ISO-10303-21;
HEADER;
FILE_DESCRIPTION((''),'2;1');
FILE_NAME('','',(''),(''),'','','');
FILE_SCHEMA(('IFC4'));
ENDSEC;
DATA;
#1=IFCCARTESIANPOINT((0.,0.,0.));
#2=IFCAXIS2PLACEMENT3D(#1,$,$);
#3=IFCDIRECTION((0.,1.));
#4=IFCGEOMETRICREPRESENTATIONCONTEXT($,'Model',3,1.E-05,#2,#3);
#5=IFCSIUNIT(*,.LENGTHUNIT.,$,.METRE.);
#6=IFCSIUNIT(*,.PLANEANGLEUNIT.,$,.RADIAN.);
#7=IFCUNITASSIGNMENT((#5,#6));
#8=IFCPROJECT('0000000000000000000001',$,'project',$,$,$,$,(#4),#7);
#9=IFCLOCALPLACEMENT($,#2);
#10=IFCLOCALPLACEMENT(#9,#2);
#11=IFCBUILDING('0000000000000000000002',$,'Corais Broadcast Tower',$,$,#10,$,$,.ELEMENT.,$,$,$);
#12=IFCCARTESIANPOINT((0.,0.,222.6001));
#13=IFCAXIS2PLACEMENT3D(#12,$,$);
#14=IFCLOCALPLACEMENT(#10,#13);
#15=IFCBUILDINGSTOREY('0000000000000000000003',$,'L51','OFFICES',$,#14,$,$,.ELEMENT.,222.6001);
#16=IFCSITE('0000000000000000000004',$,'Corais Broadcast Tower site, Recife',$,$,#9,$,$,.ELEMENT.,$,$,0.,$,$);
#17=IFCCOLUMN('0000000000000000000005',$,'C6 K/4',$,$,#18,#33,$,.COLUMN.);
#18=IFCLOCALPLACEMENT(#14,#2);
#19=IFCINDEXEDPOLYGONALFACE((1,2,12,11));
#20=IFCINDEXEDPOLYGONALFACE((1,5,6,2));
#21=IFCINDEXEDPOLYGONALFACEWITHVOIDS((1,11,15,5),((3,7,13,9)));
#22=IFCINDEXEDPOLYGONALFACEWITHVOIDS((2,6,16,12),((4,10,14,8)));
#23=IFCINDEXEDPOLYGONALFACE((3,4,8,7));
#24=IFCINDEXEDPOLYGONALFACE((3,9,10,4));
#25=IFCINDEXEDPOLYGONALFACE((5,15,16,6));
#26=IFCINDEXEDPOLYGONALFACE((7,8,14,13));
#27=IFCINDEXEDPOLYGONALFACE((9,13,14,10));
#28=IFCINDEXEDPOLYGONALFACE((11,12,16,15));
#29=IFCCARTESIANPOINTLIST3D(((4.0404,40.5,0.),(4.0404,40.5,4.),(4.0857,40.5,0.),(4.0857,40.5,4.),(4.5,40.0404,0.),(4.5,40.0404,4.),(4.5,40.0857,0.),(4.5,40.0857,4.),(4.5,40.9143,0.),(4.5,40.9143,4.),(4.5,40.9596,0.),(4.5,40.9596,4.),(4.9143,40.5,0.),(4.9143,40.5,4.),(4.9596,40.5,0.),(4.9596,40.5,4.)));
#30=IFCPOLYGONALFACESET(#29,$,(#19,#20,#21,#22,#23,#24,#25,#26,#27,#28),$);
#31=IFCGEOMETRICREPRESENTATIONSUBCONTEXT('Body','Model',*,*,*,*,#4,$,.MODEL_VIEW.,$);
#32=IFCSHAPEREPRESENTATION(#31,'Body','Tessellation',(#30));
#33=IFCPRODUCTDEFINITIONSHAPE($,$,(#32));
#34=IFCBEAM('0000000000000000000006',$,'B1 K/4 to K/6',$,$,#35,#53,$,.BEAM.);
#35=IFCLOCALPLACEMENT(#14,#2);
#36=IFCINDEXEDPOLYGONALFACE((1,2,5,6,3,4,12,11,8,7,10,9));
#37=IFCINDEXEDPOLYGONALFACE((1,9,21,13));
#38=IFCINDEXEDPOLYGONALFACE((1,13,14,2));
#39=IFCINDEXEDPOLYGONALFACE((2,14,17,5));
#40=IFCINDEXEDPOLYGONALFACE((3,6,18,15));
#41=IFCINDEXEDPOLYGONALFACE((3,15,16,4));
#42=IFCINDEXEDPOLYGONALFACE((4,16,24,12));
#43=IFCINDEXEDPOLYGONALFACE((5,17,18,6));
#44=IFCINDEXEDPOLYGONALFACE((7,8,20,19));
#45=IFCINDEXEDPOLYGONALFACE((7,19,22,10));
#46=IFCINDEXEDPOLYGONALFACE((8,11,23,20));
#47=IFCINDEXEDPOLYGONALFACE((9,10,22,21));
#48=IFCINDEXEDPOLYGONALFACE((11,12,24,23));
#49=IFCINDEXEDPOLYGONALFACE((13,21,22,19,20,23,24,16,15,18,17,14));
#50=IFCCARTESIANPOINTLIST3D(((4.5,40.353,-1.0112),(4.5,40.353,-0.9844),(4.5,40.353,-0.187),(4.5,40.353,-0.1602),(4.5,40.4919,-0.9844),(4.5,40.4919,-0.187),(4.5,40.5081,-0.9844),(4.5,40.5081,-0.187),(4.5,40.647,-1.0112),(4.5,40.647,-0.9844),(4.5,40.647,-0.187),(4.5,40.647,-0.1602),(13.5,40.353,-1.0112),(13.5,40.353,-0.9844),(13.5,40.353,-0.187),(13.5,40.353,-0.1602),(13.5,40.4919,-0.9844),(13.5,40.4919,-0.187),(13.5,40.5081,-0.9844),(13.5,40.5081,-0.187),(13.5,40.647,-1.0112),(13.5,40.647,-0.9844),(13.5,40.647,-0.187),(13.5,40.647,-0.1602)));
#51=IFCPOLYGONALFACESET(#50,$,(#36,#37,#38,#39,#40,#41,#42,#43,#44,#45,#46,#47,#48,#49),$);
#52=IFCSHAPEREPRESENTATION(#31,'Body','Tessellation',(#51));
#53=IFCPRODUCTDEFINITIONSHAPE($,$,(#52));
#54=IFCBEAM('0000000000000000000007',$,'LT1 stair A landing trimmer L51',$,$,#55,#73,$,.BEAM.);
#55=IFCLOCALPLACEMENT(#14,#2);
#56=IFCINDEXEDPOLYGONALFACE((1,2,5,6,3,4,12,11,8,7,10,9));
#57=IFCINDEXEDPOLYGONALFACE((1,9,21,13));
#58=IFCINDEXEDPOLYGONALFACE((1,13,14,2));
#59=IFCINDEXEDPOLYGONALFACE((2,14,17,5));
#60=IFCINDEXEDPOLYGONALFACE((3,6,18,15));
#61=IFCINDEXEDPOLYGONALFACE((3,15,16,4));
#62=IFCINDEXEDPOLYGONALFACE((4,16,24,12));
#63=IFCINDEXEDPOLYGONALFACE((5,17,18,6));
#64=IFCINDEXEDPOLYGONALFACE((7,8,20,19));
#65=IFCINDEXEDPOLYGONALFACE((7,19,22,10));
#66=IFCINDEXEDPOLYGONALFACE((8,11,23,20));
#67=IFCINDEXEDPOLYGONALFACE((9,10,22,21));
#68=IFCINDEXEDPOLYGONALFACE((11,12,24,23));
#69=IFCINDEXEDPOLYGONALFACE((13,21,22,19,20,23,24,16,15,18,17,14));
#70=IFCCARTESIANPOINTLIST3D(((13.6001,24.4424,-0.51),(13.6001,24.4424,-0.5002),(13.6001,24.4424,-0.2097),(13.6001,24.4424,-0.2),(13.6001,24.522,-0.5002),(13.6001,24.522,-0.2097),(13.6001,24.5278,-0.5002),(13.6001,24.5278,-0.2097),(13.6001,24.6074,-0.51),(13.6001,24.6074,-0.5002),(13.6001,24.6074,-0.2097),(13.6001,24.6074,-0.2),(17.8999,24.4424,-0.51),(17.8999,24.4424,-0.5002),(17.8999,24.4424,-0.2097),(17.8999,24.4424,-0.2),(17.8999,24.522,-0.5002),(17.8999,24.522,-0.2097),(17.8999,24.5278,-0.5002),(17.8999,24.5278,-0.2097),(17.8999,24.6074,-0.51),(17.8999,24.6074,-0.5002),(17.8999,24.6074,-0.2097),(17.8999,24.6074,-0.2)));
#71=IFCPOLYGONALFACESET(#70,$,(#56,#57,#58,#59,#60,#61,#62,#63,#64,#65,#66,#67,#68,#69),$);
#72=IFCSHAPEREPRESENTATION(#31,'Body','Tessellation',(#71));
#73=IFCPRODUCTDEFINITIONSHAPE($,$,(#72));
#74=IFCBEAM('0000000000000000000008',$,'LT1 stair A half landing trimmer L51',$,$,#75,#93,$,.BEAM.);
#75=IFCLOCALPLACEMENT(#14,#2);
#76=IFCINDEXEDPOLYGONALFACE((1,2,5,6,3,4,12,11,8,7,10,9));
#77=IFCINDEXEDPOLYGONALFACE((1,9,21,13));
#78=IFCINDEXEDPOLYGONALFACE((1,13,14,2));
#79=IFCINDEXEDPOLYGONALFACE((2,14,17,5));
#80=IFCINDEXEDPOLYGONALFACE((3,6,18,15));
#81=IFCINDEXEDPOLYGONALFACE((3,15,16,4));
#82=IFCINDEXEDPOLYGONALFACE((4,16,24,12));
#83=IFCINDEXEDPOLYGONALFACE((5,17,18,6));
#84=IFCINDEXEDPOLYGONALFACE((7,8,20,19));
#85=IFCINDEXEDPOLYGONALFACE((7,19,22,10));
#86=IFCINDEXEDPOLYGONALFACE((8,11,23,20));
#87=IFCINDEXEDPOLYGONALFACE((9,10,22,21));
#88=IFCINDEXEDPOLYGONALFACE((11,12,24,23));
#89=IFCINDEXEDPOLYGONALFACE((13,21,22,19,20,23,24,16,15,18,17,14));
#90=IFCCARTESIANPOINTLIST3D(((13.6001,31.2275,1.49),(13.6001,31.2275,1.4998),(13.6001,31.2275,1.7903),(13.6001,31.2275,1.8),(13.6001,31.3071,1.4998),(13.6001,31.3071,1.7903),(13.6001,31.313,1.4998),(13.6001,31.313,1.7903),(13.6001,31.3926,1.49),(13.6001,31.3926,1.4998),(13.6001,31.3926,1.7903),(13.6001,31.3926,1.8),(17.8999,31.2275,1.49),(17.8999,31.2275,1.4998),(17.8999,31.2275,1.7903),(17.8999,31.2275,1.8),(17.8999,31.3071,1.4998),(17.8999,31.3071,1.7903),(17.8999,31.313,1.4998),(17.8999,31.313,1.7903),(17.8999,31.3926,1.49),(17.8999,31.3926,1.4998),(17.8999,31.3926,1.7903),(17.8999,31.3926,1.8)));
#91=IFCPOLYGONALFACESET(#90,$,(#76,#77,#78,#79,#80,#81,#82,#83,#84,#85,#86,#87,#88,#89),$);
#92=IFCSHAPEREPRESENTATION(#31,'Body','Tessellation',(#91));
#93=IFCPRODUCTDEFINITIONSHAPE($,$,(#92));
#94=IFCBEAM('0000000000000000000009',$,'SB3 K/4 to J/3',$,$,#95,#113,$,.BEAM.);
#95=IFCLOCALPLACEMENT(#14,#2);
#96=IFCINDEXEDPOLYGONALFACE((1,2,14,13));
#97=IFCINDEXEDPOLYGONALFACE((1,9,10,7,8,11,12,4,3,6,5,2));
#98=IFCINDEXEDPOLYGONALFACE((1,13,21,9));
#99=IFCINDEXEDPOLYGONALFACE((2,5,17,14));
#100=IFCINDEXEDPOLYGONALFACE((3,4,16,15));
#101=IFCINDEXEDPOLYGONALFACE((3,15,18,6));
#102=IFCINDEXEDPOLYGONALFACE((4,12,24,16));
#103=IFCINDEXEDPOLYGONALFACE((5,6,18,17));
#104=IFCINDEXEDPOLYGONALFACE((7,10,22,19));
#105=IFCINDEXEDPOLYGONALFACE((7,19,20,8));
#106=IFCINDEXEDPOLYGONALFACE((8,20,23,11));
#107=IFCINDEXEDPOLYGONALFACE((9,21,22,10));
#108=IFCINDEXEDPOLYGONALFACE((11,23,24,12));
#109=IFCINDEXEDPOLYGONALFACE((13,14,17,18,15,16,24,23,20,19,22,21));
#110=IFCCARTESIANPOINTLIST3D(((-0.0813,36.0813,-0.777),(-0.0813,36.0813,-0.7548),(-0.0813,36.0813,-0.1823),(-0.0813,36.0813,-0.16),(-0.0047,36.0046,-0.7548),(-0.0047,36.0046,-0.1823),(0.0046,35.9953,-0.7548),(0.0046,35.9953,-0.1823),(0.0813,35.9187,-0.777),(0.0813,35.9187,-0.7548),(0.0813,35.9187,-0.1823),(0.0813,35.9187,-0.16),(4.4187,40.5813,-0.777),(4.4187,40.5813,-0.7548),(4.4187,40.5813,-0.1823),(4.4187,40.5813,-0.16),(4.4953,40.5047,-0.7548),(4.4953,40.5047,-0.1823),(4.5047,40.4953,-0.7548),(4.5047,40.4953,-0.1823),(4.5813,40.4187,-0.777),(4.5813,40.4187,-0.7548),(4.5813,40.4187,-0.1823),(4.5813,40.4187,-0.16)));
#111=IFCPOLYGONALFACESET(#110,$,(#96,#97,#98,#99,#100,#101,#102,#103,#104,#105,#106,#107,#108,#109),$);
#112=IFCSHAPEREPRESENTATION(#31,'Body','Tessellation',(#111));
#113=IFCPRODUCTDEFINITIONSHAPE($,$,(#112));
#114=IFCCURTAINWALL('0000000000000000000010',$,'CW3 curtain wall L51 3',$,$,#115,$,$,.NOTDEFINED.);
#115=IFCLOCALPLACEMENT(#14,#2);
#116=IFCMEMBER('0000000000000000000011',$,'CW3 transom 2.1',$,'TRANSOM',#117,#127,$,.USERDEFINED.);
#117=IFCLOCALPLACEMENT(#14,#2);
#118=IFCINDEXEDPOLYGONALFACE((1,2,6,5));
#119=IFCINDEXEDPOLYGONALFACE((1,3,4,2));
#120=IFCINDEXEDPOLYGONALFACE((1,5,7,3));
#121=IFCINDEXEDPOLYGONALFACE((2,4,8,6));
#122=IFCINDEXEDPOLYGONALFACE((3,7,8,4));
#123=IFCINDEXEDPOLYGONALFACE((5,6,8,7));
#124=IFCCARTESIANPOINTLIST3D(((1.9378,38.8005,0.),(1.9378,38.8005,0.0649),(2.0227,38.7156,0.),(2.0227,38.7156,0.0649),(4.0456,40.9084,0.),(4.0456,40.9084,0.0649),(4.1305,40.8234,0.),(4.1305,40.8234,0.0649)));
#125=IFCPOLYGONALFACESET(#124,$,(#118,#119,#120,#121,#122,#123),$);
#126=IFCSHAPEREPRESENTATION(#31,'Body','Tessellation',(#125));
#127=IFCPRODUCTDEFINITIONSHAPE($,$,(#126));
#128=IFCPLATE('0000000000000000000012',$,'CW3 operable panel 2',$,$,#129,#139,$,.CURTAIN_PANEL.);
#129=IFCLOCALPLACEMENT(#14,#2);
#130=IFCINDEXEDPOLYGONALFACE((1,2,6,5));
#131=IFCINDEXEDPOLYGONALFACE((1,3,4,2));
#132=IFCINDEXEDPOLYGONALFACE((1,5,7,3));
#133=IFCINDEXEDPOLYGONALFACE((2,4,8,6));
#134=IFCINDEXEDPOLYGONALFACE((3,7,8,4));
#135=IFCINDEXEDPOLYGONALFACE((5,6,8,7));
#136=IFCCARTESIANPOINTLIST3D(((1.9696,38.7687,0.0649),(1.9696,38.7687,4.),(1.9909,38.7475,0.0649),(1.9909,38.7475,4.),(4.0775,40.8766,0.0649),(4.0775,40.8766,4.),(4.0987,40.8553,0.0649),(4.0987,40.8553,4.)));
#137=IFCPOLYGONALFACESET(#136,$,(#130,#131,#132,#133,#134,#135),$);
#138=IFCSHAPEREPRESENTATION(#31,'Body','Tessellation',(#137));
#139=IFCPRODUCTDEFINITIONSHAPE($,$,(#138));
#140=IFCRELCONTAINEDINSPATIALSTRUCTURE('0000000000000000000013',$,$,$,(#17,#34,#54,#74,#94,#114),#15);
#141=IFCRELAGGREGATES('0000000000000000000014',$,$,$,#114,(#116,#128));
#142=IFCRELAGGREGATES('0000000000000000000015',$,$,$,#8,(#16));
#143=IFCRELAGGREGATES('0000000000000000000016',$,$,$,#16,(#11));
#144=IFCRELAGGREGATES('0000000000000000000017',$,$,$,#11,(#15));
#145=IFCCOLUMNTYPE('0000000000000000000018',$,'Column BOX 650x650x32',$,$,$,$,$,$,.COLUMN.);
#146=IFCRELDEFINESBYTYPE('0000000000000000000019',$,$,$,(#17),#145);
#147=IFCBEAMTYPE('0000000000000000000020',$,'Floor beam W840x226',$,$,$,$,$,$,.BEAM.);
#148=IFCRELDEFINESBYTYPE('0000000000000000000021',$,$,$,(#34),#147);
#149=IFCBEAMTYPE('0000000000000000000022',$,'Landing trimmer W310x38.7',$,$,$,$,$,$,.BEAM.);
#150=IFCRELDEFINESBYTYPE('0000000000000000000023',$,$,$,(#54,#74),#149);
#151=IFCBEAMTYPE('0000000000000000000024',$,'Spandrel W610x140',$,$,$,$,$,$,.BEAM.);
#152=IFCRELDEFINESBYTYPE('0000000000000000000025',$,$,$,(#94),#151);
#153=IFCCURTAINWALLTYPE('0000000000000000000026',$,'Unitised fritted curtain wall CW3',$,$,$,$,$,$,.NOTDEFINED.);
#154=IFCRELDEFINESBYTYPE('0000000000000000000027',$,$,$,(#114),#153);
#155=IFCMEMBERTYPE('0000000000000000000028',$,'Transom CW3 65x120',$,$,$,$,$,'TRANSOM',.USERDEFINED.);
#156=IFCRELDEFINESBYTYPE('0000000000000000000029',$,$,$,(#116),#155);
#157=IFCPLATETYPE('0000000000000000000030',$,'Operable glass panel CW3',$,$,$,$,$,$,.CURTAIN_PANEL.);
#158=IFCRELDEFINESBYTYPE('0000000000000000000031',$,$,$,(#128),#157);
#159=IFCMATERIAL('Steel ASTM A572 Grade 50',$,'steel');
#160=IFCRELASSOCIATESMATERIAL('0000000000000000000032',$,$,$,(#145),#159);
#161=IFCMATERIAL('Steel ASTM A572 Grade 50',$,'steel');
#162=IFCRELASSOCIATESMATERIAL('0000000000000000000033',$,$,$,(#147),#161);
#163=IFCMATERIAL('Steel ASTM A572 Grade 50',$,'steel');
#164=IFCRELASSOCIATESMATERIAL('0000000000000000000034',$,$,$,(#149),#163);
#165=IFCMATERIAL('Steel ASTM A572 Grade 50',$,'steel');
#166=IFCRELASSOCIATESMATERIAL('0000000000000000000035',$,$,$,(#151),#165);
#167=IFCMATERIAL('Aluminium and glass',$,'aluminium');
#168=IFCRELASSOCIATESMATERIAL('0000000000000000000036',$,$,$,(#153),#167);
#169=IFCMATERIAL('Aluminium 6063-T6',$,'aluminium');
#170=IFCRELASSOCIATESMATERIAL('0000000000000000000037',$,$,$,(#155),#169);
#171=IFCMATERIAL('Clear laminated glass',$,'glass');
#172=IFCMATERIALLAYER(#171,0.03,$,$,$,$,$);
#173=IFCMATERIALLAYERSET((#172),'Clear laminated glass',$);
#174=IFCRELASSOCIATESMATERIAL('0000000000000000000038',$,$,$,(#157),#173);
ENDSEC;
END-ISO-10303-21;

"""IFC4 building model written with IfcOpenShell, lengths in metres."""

from ifc_helpers import new_model, si_unit, direction, frame, origin, origin_2d, place, context, subcontext, project, spatial, rectangle, hollow_rectangle, i_section, extrude, material, layer, layer_set, material_profile, profile_set, type_object, element, aggregate, save


model = new_model("IFC4")

# Units and contexts
model_context = context("Model", 3, precision=1e-05, world=origin(), true_north=direction((0.0, 1.0)))
body_context = subcontext(model_context, "Body", "Model", "MODEL_VIEW")
ifc_project = project(units=[si_unit("LENGTHUNIT", "METRE"), si_unit("PLANEANGLEUNIT", "RADIAN")], contexts=[model_context])

# Site, building, storey
site_placement = place(None, origin())
site = spatial("IfcSite", under=ifc_project, at=site_placement, Name="Corais Broadcast Tower site, Recife", CompositionType="ELEMENT", RefElevation=0.0)
building_placement = place(site_placement, origin())
building = spatial("IfcBuilding", under=site, at=building_placement, Name="Corais Broadcast Tower", CompositionType="ELEMENT")
storey_placement = place(building_placement, frame((0.0, 0.0, 222.6001)))
storey = spatial("IfcBuildingStorey", under=building, at=storey_placement, Name="L51", Description="OFFICES", CompositionType="ELEMENT", Elevation=222.6001)

# Column
ifc_material_1 = material(Name="Steel ASTM A572 Grade 50", Category="steel")
ifc_material_profile_1 = material_profile(ifc_material_1, hollow_rectangle(XDim=0.6499, YDim=0.6499, WallThickness=0.032, at=origin_2d()), Name="BOX 650x650x32")
ifc_profile_set_1 = profile_set([ifc_material_profile_1], Name="Steel ASTM A572 Grade 50")
column_type = type_object("IfcColumnType", Name="Column BOX 650x650x32", PredefinedType="COLUMN", material=ifc_profile_set_1)
column_placement = place(storey_placement, frame((4.5, 40.5, 0.0), z_axis=(0.0, 0.0, 1.0), x_axis=(0.707107, 0.707107, 0.0)))
element("IfcColumn", 1, at=column_placement, inside=storey, type_object=column_type, Name="C6 K/4", PredefinedType="COLUMN", context=body_context, shape_type="SweptSolid", body=[
    extrude(hollow_rectangle(XDim=0.6499, YDim=0.6499, WallThickness=0.032, at=origin_2d()), origin(), (0.0, 0.0, 1.0), 4.0),
])

# Beams
ifc_material_2 = material(Name="Steel ASTM A572 Grade 50", Category="steel")
ifc_material_profile_2 = material_profile(ifc_material_2, i_section(OverallWidth=0.2939, OverallDepth=0.8511, WebThickness=0.0161, FlangeThickness=0.0269, at=origin_2d()), Name="W840x226")
ifc_profile_set_2 = profile_set([ifc_material_profile_2], Name="Steel ASTM A572 Grade 50")
beam_type_1 = type_object("IfcBeamType", Name="Floor beam W840x226", PredefinedType="BEAM", material=ifc_profile_set_2)
beam_1_placement = place(storey_placement, frame((4.5, 40.5, -0.5857), z_axis=(1.0, 0.0, 0.0), x_axis=(0.0, 1.0, 0.0)))
element("IfcBeam", 2, at=beam_1_placement, inside=storey, type_object=beam_type_1, Name="B1 K/4 to K/6", PredefinedType="BEAM", context=body_context, shape_type="SweptSolid", body=[
    extrude(i_section(OverallWidth=0.2939, OverallDepth=0.8511, WebThickness=0.0161, FlangeThickness=0.0269, at=origin_2d()), origin(), (0.0, 0.0, 1.0), 9.0),
])
ifc_material_3 = material(Name="Steel ASTM A572 Grade 50", Category="steel")
ifc_material_profile_3 = material_profile(ifc_material_3, i_section(OverallWidth=0.165, OverallDepth=0.3101, WebThickness=0.0059, FlangeThickness=0.0098, at=origin_2d()), Name="W310x38.7")
ifc_profile_set_3 = profile_set([ifc_material_profile_3], Name="Steel ASTM A572 Grade 50")
beam_type_2 = type_object("IfcBeamType", Name="Landing trimmer W310x38.7", PredefinedType="BEAM", material=ifc_profile_set_3)
for number, where, z_axis, x_axis, name in (
    (3, (13.6001, 24.5249, -0.355), (1.0, 0.0, 0.0), (0.0, 1.0, 0.0), "LT1 stair A landing trimmer L51"),
    (4, (13.6001, 31.3101, 1.645), (1.0, 0.0, 0.0), (0.0, 1.0, 0.0), "LT1 stair A half landing trimmer L51"),
):
    element("IfcBeam", number, at=place(storey_placement, frame(where, z_axis=z_axis, x_axis=x_axis)), inside=storey, type_object=beam_type_2, Name=name, PredefinedType="BEAM", context=body_context, shape_type="SweptSolid", body=[
        extrude(i_section(OverallWidth=0.165, OverallDepth=0.3101, WebThickness=0.0059, FlangeThickness=0.0098, at=origin_2d()), origin(), (0.0, 0.0, 1.0), 4.2998),
    ])
ifc_material_4 = material(Name="Steel ASTM A572 Grade 50", Category="steel")
ifc_material_profile_4 = material_profile(ifc_material_4, i_section(OverallWidth=0.23, OverallDepth=0.6169, WebThickness=0.0132, FlangeThickness=0.0222, at=origin_2d()), Name="W610x140")
ifc_profile_set_4 = profile_set([ifc_material_profile_4], Name="Steel ASTM A572 Grade 50")
beam_type_3 = type_object("IfcBeamType", Name="Spandrel W610x140", PredefinedType="BEAM", material=ifc_profile_set_4)
beam_2_placement = place(storey_placement, frame((4.5, 40.5, -0.4685), z_axis=(-0.707107, -0.707107, 0.0), x_axis=(0.707107, -0.707107, 0.0)))
element("IfcBeam", 5, at=beam_2_placement, inside=storey, type_object=beam_type_3, Name="SB3 K/4 to J/3", PredefinedType="BEAM", context=body_context, shape_type="SweptSolid", body=[
    extrude(i_section(OverallWidth=0.23, OverallDepth=0.6169, WebThickness=0.0132, FlangeThickness=0.0222, at=origin_2d()), origin(), (0.0, 0.0, 1.0), 6.364),
])

# Curtain wall, member, plate
ifc_material_5 = material(Name="Aluminium and glass", Category="aluminium")
curtain_wall_type = type_object("IfcCurtainWallType", Name="Unitised fritted curtain wall CW3", PredefinedType="NOTDEFINED", material=ifc_material_5)
curtain_wall_placement = place(storey_placement, origin())
curtain_wall = element("IfcCurtainWall", 6, at=curtain_wall_placement, inside=storey, type_object=curtain_wall_type, Name="CW3 curtain wall L51 3", PredefinedType="NOTDEFINED")
ifc_material_6 = material(Name="Aluminium 6063-T6", Category="aluminium")
ifc_material_profile_5 = material_profile(ifc_material_6, rectangle(XDim=0.1201, YDim=0.0649, at=origin_2d()), Name="Transom CW3 65x120")
ifc_profile_set_5 = profile_set([ifc_material_profile_5], Name="Aluminium 6063-T6")
member_type = type_object("IfcMemberType", Name="Transom CW3 65x120", ElementType="TRANSOM", PredefinedType="USERDEFINED", material=ifc_profile_set_5)
member_placement = place(storey_placement, frame((1.9802, 38.7581, 0.0325), z_axis=(0.707107, 0.707107, 0.0), x_axis=(-0.707107, 0.707107, 0.0)))
member = element("IfcMember", 7, at=member_placement, type_object=member_type, Name="CW3 transom 2.1", ObjectType="TRANSOM", PredefinedType="USERDEFINED", context=body_context, shape_type="SweptSolid", body=[
    extrude(rectangle(XDim=0.1201, YDim=0.0649, at=origin_2d()), origin(), (0.0, 0.0, 1.0), 2.981),
])
ifc_material_7 = material(Name="Clear laminated glass", Category="glass")
ifc_layer_1 = layer(ifc_material_7, 0.03)
ifc_layer_set_1 = layer_set([ifc_layer_1], Name="Clear laminated glass")
plate_type = type_object("IfcPlateType", Name="Operable glass panel CW3", PredefinedType="CURTAIN_PANEL", material=ifc_layer_set_1)
plate_placement = place(storey_placement, frame((3.0342, 39.812, 0.0649), z_axis=(0.0, 0.0, 1.0), x_axis=(0.707107, 0.707107, 0.0)))
plate = element("IfcPlate", 8, at=plate_placement, type_object=plate_type, Name="CW3 operable panel 2", PredefinedType="CURTAIN_PANEL", context=body_context, shape_type="SweptSolid", body=[
    extrude(rectangle(XDim=2.981, YDim=0.03, at=origin_2d()), origin(), (0.0, 0.0, 1.0), 3.9351),
])
aggregate(curtain_wall, [member, plate])

save(model, "model.ifc")
